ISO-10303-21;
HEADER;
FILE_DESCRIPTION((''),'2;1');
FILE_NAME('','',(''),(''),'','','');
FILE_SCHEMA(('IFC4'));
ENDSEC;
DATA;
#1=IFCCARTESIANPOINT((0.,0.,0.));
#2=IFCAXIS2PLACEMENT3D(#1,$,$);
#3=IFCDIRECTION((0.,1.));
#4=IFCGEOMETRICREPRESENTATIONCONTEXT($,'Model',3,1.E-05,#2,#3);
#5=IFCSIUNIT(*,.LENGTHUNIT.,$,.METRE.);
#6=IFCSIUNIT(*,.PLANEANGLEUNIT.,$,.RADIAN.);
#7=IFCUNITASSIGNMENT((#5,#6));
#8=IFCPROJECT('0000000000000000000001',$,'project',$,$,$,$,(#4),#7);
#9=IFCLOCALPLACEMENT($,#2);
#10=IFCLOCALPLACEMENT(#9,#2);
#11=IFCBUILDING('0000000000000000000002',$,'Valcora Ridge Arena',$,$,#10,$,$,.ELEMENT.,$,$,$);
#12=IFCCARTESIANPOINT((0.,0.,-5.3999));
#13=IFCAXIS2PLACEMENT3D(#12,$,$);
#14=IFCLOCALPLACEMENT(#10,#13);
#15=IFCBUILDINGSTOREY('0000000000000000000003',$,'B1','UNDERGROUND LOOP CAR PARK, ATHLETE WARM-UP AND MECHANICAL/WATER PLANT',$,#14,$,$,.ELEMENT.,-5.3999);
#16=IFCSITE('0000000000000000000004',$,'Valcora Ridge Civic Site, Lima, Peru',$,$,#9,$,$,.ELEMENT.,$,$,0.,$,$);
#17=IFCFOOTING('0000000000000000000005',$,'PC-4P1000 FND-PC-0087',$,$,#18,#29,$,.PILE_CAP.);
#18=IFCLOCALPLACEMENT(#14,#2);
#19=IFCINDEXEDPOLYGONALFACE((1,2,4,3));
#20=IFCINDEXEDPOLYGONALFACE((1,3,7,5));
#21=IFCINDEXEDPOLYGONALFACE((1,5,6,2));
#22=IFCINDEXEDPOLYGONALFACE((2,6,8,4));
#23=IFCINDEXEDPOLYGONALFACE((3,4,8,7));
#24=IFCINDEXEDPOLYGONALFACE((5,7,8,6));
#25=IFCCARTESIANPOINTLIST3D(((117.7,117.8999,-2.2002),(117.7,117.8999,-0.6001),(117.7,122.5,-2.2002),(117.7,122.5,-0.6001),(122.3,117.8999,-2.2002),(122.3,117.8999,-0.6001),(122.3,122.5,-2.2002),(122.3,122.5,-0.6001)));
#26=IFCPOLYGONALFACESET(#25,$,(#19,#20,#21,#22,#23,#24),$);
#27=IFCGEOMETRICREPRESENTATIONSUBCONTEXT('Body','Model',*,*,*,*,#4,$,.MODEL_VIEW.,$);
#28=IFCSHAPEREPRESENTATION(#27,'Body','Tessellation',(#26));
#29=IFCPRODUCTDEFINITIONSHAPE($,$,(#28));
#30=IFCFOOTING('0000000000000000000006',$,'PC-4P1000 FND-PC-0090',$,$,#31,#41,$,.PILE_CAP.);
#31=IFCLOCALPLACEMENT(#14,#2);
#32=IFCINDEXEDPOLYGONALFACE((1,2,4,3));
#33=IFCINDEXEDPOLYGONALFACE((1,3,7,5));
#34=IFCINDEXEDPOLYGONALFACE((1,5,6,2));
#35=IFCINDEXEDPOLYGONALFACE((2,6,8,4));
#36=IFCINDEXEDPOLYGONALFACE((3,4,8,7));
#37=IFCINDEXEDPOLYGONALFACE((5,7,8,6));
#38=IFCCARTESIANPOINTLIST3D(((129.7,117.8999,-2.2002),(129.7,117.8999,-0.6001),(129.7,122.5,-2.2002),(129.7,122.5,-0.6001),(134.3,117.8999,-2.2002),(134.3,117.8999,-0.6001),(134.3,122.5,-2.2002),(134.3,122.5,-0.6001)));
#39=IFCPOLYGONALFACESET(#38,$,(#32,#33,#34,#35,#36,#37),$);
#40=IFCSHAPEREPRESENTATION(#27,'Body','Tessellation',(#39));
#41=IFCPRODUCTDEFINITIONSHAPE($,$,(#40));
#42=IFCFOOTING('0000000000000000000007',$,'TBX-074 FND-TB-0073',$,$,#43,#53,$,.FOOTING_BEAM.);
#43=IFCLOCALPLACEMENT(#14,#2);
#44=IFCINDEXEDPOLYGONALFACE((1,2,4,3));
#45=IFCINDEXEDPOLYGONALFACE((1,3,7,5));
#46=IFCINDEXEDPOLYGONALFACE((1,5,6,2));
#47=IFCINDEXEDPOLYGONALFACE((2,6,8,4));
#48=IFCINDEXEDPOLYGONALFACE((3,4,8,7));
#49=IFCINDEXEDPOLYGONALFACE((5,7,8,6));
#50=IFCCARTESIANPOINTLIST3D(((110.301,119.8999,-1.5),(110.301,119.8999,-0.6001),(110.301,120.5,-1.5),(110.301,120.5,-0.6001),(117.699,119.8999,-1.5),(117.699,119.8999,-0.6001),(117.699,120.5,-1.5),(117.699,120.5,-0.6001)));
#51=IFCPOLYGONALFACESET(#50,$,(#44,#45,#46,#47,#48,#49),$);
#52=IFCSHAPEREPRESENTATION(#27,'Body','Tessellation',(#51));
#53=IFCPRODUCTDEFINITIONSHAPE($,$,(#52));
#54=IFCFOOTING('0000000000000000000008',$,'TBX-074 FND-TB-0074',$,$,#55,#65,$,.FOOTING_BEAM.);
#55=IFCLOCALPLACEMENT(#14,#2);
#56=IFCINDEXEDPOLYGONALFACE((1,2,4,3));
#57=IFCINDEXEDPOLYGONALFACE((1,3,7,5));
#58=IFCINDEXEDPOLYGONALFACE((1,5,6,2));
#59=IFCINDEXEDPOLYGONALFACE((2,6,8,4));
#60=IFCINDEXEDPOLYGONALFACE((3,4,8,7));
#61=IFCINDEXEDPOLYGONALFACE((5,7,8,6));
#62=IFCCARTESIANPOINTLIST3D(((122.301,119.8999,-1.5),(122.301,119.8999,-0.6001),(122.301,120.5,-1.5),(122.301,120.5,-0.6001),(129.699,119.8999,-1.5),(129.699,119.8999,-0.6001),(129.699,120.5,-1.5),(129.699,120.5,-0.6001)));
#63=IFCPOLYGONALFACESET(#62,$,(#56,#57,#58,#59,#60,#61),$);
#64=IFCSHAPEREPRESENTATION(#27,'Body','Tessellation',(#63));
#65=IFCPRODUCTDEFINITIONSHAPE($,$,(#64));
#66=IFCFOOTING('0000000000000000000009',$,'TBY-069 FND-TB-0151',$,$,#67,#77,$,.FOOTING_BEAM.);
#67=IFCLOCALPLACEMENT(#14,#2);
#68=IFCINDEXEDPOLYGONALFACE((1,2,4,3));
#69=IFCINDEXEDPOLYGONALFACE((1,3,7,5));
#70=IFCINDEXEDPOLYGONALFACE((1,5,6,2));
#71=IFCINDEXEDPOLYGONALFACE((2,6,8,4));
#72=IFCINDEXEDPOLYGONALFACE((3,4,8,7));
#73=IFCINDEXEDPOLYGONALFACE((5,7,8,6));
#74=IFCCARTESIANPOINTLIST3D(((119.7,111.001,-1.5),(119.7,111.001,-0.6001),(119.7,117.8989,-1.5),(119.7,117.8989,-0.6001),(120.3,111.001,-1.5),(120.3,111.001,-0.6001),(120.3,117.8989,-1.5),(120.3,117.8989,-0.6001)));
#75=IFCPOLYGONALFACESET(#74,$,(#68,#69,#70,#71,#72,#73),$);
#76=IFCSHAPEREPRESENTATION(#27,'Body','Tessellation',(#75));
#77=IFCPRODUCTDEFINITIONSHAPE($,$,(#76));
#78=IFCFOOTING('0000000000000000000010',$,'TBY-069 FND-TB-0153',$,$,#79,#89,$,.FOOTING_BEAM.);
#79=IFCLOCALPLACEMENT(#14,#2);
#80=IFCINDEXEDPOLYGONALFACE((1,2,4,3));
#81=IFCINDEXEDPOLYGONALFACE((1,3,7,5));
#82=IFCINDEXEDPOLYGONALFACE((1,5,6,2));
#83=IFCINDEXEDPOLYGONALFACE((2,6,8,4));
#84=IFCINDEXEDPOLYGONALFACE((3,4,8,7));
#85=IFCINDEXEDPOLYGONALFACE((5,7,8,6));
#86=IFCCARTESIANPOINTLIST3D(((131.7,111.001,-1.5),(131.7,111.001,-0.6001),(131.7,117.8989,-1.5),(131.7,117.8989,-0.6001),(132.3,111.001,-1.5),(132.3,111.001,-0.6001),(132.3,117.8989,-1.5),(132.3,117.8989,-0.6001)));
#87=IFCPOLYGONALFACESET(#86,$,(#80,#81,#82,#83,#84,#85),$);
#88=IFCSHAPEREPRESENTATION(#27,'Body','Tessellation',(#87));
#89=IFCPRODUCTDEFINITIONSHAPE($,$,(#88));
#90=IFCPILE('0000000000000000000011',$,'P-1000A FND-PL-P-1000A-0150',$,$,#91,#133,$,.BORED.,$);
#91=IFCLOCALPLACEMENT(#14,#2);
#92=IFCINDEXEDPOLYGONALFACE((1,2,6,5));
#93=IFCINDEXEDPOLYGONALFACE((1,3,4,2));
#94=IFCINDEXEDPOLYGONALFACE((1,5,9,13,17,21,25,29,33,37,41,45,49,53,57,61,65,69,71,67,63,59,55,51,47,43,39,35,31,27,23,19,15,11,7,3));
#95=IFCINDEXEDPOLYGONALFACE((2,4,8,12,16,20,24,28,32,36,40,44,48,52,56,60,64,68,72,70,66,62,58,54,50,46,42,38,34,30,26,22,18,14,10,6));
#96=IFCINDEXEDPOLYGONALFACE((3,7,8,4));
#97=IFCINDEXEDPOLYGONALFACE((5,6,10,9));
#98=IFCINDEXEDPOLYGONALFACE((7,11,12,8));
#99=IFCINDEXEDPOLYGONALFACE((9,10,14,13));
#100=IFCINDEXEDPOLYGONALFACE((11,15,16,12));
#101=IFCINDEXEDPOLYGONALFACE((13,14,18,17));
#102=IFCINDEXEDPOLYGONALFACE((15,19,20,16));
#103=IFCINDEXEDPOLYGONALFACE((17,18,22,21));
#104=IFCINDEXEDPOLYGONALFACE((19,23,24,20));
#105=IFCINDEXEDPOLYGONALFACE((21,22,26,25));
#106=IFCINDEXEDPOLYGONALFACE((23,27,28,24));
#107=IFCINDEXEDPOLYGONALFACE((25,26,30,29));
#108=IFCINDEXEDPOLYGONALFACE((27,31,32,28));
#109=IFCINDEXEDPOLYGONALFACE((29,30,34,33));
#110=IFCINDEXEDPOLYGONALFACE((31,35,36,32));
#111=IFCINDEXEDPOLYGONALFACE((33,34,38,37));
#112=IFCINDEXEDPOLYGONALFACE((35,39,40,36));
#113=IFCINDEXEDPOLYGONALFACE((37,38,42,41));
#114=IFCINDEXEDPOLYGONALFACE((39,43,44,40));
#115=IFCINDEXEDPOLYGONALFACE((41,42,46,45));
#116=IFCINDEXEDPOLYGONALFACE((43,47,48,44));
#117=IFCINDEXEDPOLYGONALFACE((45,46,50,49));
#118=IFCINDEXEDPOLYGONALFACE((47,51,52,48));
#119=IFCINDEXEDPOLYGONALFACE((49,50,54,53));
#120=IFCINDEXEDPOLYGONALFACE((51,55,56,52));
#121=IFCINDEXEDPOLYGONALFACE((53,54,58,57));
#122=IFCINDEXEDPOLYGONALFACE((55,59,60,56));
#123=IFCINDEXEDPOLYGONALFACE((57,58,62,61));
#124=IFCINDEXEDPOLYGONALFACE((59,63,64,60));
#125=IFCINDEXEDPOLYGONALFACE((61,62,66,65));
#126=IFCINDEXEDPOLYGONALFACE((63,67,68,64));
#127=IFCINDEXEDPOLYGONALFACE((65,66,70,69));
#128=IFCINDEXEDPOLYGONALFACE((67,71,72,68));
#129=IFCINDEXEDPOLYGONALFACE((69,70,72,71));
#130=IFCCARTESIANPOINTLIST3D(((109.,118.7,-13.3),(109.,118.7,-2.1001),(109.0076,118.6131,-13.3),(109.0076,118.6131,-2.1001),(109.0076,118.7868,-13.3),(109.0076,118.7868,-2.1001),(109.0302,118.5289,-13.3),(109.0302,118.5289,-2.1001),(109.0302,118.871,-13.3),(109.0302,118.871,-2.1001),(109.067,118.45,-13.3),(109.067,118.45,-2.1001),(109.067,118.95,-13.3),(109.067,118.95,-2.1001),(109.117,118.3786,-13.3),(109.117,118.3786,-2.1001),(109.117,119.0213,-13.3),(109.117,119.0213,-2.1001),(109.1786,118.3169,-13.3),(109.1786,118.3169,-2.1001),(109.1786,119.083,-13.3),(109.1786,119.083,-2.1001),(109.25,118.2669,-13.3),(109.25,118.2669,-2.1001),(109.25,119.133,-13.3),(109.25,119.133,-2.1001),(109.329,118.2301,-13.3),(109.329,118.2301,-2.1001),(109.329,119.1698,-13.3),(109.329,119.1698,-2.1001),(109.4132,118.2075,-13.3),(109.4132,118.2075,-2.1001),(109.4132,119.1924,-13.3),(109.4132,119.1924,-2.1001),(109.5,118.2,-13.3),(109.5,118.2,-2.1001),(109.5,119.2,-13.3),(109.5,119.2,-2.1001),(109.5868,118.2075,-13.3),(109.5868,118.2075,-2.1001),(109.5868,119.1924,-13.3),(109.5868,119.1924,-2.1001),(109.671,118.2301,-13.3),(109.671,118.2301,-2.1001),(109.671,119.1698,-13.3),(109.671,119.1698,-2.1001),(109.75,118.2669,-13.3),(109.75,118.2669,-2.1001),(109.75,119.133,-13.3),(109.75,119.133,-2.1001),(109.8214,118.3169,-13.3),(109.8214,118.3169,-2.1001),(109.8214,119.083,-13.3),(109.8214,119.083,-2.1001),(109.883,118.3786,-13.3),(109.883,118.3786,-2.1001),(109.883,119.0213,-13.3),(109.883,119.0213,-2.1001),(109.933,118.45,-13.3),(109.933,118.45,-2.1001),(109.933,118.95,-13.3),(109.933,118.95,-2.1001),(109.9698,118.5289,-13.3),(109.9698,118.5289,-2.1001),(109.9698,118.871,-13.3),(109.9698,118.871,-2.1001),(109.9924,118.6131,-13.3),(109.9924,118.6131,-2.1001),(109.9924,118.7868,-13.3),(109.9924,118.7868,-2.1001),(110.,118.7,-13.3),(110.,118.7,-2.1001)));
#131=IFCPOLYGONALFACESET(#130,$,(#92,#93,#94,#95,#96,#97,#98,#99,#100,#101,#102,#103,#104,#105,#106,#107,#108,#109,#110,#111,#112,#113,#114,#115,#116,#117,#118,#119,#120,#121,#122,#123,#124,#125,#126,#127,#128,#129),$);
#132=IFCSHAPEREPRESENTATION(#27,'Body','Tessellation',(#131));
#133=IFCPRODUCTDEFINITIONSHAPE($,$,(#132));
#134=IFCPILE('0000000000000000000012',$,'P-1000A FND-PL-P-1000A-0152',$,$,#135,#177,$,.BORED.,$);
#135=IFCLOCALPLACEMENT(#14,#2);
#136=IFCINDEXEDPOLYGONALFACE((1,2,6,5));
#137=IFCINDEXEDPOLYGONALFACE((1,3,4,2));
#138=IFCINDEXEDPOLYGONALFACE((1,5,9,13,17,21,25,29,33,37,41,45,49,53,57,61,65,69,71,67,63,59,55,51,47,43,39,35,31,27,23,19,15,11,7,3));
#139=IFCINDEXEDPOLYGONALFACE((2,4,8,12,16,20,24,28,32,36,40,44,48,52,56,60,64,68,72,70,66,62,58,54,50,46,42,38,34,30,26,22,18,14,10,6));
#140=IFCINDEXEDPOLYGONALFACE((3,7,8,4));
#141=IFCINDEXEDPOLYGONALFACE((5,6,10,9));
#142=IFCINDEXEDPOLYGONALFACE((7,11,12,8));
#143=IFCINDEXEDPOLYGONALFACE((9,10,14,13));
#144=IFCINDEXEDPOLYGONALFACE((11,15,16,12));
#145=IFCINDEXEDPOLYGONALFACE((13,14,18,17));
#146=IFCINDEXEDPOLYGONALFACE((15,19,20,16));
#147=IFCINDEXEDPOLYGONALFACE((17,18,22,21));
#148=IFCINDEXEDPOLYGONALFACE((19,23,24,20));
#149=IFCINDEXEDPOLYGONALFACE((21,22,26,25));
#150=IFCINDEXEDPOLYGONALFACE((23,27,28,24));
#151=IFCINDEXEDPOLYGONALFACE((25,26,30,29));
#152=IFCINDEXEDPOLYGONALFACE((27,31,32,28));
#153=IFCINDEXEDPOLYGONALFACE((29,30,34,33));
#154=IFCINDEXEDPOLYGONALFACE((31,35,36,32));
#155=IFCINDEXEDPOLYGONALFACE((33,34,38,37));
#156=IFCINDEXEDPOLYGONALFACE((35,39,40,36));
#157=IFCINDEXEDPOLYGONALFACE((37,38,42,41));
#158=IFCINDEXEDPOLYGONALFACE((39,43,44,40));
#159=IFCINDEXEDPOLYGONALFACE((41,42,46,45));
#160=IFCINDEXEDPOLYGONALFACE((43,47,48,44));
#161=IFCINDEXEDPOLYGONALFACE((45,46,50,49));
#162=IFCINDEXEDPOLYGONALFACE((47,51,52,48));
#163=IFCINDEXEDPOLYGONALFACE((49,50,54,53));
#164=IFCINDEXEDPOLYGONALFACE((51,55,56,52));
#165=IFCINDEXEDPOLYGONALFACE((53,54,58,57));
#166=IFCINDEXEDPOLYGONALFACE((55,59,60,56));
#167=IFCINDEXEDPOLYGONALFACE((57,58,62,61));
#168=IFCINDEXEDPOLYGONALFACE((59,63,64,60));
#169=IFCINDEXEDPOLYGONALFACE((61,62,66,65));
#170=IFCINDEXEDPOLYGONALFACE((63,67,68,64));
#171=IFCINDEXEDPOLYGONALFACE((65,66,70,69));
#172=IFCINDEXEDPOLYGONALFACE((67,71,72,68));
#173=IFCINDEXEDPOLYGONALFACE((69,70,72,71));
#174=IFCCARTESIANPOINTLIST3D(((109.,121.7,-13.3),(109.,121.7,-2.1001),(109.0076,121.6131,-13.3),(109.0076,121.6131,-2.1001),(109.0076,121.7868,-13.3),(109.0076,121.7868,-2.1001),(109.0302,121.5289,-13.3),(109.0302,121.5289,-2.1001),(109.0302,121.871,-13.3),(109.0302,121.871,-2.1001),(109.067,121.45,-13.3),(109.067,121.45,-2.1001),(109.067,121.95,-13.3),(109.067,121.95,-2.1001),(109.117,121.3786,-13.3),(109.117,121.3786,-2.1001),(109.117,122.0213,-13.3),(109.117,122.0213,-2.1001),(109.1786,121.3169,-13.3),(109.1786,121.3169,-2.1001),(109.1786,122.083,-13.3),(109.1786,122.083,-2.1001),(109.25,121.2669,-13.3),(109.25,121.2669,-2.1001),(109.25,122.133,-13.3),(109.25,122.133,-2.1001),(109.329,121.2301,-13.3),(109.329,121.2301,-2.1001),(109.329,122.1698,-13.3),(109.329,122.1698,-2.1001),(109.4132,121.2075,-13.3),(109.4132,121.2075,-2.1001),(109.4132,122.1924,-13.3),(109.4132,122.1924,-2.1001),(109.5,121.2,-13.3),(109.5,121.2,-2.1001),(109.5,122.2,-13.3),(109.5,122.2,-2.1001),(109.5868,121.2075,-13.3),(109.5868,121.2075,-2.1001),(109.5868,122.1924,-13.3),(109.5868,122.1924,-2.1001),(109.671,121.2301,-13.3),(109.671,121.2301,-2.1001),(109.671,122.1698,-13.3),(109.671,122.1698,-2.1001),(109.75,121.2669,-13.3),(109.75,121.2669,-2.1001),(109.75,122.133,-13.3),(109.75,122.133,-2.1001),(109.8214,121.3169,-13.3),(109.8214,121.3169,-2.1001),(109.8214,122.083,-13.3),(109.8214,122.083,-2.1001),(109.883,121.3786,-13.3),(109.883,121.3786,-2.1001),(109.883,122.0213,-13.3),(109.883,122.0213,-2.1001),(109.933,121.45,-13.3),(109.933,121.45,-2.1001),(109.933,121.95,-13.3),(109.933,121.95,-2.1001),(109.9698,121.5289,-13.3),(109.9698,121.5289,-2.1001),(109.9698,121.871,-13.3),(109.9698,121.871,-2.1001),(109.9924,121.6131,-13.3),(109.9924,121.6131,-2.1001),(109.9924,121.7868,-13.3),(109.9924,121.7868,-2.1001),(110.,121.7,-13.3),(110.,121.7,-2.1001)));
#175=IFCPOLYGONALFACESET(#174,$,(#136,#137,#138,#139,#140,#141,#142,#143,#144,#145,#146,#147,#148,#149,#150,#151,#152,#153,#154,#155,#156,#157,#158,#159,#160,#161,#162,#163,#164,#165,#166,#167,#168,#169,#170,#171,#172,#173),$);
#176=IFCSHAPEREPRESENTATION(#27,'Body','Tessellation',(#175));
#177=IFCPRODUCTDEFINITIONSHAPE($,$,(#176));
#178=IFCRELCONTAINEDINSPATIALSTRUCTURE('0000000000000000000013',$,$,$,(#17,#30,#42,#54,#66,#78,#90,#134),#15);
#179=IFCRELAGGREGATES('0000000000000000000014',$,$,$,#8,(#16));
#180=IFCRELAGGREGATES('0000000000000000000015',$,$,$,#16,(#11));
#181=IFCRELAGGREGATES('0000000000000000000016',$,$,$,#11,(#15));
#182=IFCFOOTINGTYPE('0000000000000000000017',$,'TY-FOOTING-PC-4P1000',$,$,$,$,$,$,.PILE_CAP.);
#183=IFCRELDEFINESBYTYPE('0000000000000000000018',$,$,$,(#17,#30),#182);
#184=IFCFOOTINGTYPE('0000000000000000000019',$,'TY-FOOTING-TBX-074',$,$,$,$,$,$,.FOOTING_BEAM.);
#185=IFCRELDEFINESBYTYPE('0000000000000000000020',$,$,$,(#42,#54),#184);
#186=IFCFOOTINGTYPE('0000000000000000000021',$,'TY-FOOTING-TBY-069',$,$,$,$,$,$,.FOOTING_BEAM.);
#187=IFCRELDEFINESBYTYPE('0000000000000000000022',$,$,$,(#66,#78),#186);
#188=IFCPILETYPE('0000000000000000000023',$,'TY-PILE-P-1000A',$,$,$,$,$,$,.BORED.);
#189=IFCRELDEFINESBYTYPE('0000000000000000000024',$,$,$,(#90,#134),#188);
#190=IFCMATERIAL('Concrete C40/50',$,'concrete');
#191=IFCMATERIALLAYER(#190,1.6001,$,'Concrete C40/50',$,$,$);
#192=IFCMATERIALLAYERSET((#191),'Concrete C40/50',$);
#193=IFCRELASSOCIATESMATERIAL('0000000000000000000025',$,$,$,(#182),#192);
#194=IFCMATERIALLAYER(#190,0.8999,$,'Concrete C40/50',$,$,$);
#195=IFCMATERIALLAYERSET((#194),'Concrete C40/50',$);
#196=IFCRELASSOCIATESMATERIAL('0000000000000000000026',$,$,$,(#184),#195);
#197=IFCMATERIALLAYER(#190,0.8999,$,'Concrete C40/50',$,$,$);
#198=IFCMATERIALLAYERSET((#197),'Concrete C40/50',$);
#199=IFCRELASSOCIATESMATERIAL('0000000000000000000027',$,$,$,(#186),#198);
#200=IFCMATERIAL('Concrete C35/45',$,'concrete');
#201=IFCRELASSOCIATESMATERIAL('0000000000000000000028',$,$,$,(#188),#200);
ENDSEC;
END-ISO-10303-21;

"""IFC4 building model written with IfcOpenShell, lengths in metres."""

from ifc_helpers import new_model, si_unit, direction, frame, origin, origin_2d, place, context, subcontext, project, spatial, rectangle, circle, extrude, material, layer, layer_set, material_profile, profile_set, type_object, element, save


model = new_model("IFC4")

# Units and contexts
model_context = context("Model", 3, precision=1e-05, world=origin(), true_north=direction((0.0, 1.0)))
body_context = subcontext(model_context, "Body", "Model", "MODEL_VIEW")
ifc_project = project(units=[si_unit("LENGTHUNIT", "METRE"), si_unit("PLANEANGLEUNIT", "RADIAN")], contexts=[model_context])

# Site, building, storey
site_placement = place(None, origin())
site = spatial("IfcSite", under=ifc_project, at=site_placement, Name="Valcora Ridge Civic Site, Lima, Peru", CompositionType="ELEMENT", RefElevation=0.0)
building_placement = place(site_placement, origin())
building = spatial("IfcBuilding", under=site, at=building_placement, Name="Valcora Ridge Arena", CompositionType="ELEMENT")
storey_placement = place(building_placement, frame((0.0, 0.0, -5.3999)))
storey = spatial("IfcBuildingStorey", under=building, at=storey_placement, Name="B1", Description="UNDERGROUND LOOP CAR PARK, ATHLETE WARM-UP AND MECHANICAL/WATER PLANT", CompositionType="ELEMENT", Elevation=-5.3999)

# Footings
ifc_material_1 = material(Name="Concrete C40/50", Category="concrete")
ifc_layer_1 = layer(ifc_material_1, 1.6001, Name="Concrete C40/50")
ifc_layer_set_1 = layer_set([ifc_layer_1], Name="Concrete C40/50")
footing_type_1 = type_object("IfcFootingType", Name="TY-FOOTING-PC-4P1000", PredefinedType="PILE_CAP", material=ifc_layer_set_1)
for number, where, z_axis, x_axis, name in (
    (1, (120.0, 120.2, -2.2002), (0.0, 0.0, 1.0), (1.0, 0.0, 0.0), "PC-4P1000 FND-PC-0087"),
    (2, (132.0, 120.2, -2.2002), (0.0, 0.0, 1.0), (1.0, 0.0, 0.0), "PC-4P1000 FND-PC-0090"),
):
    element("IfcFooting", number, at=place(storey_placement, frame(where, z_axis=z_axis, x_axis=x_axis)), inside=storey, type_object=footing_type_1, Name=name, PredefinedType="PILE_CAP", context=body_context, shape_type="SweptSolid", body=[
        extrude(rectangle(XDim=4.6001, YDim=4.6001, at=origin_2d()), origin(), (0.0, 0.0, 1.0), 1.6001),
    ])
ifc_layer_2 = layer(ifc_material_1, 0.8999, Name="Concrete C40/50")
ifc_layer_set_2 = layer_set([ifc_layer_2], Name="Concrete C40/50")
footing_type_2 = type_object("IfcFootingType", Name="TY-FOOTING-TBX-074", PredefinedType="FOOTING_BEAM", material=ifc_layer_set_2)
for number, where, z_axis, x_axis, name in (
    (3, (114.0, 120.2, -1.5), (0.0, 0.0, 1.0), (1.0, 0.0, 0.0), "TBX-074 FND-TB-0073"),
    (4, (126.0, 120.2, -1.5), (0.0, 0.0, 1.0), (1.0, 0.0, 0.0), "TBX-074 FND-TB-0074"),
):
    element("IfcFooting", number, at=place(storey_placement, frame(where, z_axis=z_axis, x_axis=x_axis)), inside=storey, type_object=footing_type_2, Name=name, PredefinedType="FOOTING_BEAM", context=body_context, shape_type="SweptSolid", body=[
        extrude(rectangle(XDim=7.3979, YDim=0.6001, at=origin_2d()), origin(), (0.0, 0.0, 1.0), 0.8999),
    ])
ifc_layer_3 = layer(ifc_material_1, 0.8999, Name="Concrete C40/50")
ifc_layer_set_3 = layer_set([ifc_layer_3], Name="Concrete C40/50")
footing_type_3 = type_object("IfcFootingType", Name="TY-FOOTING-TBY-069", PredefinedType="FOOTING_BEAM", material=ifc_layer_set_3)
for number, where, z_axis, x_axis, name in (
    (5, (120.0, 114.45, -1.5), (0.0, 0.0, 1.0), (1.0, 0.0, 0.0), "TBY-069 FND-TB-0151"),
    (6, (132.0, 114.45, -1.5), (0.0, 0.0, 1.0), (1.0, 0.0, 0.0), "TBY-069 FND-TB-0153"),
):
    element("IfcFooting", number, at=place(storey_placement, frame(where, z_axis=z_axis, x_axis=x_axis)), inside=storey, type_object=footing_type_3, Name=name, PredefinedType="FOOTING_BEAM", context=body_context, shape_type="SweptSolid", body=[
        extrude(rectangle(XDim=0.6001, YDim=6.8979, at=origin_2d()), origin(), (0.0, 0.0, 1.0), 0.8999),
    ])

# Piles
ifc_material_2 = material(Name="Concrete C35/45", Category="concrete")
ifc_material_profile_1 = material_profile(ifc_material_2, circle(Radius=0.5, at=origin_2d()), Name="BORED PILE D1000")
ifc_profile_set_1 = profile_set([ifc_material_profile_1], Name="Concrete C35/45")
pile_type_1 = type_object("IfcPileType", Name="TY-PILE-P-1000A", PredefinedType="BORED", material=ifc_profile_set_1)
for number, where, z_axis, x_axis, name in (
    (7, (109.5, 118.7, -2.1001), (0.0, 0.0, -1.0), (1.0, 0.0, 0.0), "P-1000A FND-PL-P-1000A-0150"),
    (8, (109.5, 121.7, -2.1001), (0.0, 0.0, -1.0), (1.0, 0.0, 0.0), "P-1000A FND-PL-P-1000A-0152"),
):
    element("IfcPile", number, at=place(storey_placement, frame(where, z_axis=z_axis, x_axis=x_axis)), inside=storey, type_object=pile_type_1, Name=name, PredefinedType="BORED", context=body_context, shape_type="SweptSolid", body=[
        extrude(circle(Radius=0.5, at=origin_2d()), origin(), (0.0, 0.0, 1.0), 11.2),
    ])

save(model, "model.ifc")
